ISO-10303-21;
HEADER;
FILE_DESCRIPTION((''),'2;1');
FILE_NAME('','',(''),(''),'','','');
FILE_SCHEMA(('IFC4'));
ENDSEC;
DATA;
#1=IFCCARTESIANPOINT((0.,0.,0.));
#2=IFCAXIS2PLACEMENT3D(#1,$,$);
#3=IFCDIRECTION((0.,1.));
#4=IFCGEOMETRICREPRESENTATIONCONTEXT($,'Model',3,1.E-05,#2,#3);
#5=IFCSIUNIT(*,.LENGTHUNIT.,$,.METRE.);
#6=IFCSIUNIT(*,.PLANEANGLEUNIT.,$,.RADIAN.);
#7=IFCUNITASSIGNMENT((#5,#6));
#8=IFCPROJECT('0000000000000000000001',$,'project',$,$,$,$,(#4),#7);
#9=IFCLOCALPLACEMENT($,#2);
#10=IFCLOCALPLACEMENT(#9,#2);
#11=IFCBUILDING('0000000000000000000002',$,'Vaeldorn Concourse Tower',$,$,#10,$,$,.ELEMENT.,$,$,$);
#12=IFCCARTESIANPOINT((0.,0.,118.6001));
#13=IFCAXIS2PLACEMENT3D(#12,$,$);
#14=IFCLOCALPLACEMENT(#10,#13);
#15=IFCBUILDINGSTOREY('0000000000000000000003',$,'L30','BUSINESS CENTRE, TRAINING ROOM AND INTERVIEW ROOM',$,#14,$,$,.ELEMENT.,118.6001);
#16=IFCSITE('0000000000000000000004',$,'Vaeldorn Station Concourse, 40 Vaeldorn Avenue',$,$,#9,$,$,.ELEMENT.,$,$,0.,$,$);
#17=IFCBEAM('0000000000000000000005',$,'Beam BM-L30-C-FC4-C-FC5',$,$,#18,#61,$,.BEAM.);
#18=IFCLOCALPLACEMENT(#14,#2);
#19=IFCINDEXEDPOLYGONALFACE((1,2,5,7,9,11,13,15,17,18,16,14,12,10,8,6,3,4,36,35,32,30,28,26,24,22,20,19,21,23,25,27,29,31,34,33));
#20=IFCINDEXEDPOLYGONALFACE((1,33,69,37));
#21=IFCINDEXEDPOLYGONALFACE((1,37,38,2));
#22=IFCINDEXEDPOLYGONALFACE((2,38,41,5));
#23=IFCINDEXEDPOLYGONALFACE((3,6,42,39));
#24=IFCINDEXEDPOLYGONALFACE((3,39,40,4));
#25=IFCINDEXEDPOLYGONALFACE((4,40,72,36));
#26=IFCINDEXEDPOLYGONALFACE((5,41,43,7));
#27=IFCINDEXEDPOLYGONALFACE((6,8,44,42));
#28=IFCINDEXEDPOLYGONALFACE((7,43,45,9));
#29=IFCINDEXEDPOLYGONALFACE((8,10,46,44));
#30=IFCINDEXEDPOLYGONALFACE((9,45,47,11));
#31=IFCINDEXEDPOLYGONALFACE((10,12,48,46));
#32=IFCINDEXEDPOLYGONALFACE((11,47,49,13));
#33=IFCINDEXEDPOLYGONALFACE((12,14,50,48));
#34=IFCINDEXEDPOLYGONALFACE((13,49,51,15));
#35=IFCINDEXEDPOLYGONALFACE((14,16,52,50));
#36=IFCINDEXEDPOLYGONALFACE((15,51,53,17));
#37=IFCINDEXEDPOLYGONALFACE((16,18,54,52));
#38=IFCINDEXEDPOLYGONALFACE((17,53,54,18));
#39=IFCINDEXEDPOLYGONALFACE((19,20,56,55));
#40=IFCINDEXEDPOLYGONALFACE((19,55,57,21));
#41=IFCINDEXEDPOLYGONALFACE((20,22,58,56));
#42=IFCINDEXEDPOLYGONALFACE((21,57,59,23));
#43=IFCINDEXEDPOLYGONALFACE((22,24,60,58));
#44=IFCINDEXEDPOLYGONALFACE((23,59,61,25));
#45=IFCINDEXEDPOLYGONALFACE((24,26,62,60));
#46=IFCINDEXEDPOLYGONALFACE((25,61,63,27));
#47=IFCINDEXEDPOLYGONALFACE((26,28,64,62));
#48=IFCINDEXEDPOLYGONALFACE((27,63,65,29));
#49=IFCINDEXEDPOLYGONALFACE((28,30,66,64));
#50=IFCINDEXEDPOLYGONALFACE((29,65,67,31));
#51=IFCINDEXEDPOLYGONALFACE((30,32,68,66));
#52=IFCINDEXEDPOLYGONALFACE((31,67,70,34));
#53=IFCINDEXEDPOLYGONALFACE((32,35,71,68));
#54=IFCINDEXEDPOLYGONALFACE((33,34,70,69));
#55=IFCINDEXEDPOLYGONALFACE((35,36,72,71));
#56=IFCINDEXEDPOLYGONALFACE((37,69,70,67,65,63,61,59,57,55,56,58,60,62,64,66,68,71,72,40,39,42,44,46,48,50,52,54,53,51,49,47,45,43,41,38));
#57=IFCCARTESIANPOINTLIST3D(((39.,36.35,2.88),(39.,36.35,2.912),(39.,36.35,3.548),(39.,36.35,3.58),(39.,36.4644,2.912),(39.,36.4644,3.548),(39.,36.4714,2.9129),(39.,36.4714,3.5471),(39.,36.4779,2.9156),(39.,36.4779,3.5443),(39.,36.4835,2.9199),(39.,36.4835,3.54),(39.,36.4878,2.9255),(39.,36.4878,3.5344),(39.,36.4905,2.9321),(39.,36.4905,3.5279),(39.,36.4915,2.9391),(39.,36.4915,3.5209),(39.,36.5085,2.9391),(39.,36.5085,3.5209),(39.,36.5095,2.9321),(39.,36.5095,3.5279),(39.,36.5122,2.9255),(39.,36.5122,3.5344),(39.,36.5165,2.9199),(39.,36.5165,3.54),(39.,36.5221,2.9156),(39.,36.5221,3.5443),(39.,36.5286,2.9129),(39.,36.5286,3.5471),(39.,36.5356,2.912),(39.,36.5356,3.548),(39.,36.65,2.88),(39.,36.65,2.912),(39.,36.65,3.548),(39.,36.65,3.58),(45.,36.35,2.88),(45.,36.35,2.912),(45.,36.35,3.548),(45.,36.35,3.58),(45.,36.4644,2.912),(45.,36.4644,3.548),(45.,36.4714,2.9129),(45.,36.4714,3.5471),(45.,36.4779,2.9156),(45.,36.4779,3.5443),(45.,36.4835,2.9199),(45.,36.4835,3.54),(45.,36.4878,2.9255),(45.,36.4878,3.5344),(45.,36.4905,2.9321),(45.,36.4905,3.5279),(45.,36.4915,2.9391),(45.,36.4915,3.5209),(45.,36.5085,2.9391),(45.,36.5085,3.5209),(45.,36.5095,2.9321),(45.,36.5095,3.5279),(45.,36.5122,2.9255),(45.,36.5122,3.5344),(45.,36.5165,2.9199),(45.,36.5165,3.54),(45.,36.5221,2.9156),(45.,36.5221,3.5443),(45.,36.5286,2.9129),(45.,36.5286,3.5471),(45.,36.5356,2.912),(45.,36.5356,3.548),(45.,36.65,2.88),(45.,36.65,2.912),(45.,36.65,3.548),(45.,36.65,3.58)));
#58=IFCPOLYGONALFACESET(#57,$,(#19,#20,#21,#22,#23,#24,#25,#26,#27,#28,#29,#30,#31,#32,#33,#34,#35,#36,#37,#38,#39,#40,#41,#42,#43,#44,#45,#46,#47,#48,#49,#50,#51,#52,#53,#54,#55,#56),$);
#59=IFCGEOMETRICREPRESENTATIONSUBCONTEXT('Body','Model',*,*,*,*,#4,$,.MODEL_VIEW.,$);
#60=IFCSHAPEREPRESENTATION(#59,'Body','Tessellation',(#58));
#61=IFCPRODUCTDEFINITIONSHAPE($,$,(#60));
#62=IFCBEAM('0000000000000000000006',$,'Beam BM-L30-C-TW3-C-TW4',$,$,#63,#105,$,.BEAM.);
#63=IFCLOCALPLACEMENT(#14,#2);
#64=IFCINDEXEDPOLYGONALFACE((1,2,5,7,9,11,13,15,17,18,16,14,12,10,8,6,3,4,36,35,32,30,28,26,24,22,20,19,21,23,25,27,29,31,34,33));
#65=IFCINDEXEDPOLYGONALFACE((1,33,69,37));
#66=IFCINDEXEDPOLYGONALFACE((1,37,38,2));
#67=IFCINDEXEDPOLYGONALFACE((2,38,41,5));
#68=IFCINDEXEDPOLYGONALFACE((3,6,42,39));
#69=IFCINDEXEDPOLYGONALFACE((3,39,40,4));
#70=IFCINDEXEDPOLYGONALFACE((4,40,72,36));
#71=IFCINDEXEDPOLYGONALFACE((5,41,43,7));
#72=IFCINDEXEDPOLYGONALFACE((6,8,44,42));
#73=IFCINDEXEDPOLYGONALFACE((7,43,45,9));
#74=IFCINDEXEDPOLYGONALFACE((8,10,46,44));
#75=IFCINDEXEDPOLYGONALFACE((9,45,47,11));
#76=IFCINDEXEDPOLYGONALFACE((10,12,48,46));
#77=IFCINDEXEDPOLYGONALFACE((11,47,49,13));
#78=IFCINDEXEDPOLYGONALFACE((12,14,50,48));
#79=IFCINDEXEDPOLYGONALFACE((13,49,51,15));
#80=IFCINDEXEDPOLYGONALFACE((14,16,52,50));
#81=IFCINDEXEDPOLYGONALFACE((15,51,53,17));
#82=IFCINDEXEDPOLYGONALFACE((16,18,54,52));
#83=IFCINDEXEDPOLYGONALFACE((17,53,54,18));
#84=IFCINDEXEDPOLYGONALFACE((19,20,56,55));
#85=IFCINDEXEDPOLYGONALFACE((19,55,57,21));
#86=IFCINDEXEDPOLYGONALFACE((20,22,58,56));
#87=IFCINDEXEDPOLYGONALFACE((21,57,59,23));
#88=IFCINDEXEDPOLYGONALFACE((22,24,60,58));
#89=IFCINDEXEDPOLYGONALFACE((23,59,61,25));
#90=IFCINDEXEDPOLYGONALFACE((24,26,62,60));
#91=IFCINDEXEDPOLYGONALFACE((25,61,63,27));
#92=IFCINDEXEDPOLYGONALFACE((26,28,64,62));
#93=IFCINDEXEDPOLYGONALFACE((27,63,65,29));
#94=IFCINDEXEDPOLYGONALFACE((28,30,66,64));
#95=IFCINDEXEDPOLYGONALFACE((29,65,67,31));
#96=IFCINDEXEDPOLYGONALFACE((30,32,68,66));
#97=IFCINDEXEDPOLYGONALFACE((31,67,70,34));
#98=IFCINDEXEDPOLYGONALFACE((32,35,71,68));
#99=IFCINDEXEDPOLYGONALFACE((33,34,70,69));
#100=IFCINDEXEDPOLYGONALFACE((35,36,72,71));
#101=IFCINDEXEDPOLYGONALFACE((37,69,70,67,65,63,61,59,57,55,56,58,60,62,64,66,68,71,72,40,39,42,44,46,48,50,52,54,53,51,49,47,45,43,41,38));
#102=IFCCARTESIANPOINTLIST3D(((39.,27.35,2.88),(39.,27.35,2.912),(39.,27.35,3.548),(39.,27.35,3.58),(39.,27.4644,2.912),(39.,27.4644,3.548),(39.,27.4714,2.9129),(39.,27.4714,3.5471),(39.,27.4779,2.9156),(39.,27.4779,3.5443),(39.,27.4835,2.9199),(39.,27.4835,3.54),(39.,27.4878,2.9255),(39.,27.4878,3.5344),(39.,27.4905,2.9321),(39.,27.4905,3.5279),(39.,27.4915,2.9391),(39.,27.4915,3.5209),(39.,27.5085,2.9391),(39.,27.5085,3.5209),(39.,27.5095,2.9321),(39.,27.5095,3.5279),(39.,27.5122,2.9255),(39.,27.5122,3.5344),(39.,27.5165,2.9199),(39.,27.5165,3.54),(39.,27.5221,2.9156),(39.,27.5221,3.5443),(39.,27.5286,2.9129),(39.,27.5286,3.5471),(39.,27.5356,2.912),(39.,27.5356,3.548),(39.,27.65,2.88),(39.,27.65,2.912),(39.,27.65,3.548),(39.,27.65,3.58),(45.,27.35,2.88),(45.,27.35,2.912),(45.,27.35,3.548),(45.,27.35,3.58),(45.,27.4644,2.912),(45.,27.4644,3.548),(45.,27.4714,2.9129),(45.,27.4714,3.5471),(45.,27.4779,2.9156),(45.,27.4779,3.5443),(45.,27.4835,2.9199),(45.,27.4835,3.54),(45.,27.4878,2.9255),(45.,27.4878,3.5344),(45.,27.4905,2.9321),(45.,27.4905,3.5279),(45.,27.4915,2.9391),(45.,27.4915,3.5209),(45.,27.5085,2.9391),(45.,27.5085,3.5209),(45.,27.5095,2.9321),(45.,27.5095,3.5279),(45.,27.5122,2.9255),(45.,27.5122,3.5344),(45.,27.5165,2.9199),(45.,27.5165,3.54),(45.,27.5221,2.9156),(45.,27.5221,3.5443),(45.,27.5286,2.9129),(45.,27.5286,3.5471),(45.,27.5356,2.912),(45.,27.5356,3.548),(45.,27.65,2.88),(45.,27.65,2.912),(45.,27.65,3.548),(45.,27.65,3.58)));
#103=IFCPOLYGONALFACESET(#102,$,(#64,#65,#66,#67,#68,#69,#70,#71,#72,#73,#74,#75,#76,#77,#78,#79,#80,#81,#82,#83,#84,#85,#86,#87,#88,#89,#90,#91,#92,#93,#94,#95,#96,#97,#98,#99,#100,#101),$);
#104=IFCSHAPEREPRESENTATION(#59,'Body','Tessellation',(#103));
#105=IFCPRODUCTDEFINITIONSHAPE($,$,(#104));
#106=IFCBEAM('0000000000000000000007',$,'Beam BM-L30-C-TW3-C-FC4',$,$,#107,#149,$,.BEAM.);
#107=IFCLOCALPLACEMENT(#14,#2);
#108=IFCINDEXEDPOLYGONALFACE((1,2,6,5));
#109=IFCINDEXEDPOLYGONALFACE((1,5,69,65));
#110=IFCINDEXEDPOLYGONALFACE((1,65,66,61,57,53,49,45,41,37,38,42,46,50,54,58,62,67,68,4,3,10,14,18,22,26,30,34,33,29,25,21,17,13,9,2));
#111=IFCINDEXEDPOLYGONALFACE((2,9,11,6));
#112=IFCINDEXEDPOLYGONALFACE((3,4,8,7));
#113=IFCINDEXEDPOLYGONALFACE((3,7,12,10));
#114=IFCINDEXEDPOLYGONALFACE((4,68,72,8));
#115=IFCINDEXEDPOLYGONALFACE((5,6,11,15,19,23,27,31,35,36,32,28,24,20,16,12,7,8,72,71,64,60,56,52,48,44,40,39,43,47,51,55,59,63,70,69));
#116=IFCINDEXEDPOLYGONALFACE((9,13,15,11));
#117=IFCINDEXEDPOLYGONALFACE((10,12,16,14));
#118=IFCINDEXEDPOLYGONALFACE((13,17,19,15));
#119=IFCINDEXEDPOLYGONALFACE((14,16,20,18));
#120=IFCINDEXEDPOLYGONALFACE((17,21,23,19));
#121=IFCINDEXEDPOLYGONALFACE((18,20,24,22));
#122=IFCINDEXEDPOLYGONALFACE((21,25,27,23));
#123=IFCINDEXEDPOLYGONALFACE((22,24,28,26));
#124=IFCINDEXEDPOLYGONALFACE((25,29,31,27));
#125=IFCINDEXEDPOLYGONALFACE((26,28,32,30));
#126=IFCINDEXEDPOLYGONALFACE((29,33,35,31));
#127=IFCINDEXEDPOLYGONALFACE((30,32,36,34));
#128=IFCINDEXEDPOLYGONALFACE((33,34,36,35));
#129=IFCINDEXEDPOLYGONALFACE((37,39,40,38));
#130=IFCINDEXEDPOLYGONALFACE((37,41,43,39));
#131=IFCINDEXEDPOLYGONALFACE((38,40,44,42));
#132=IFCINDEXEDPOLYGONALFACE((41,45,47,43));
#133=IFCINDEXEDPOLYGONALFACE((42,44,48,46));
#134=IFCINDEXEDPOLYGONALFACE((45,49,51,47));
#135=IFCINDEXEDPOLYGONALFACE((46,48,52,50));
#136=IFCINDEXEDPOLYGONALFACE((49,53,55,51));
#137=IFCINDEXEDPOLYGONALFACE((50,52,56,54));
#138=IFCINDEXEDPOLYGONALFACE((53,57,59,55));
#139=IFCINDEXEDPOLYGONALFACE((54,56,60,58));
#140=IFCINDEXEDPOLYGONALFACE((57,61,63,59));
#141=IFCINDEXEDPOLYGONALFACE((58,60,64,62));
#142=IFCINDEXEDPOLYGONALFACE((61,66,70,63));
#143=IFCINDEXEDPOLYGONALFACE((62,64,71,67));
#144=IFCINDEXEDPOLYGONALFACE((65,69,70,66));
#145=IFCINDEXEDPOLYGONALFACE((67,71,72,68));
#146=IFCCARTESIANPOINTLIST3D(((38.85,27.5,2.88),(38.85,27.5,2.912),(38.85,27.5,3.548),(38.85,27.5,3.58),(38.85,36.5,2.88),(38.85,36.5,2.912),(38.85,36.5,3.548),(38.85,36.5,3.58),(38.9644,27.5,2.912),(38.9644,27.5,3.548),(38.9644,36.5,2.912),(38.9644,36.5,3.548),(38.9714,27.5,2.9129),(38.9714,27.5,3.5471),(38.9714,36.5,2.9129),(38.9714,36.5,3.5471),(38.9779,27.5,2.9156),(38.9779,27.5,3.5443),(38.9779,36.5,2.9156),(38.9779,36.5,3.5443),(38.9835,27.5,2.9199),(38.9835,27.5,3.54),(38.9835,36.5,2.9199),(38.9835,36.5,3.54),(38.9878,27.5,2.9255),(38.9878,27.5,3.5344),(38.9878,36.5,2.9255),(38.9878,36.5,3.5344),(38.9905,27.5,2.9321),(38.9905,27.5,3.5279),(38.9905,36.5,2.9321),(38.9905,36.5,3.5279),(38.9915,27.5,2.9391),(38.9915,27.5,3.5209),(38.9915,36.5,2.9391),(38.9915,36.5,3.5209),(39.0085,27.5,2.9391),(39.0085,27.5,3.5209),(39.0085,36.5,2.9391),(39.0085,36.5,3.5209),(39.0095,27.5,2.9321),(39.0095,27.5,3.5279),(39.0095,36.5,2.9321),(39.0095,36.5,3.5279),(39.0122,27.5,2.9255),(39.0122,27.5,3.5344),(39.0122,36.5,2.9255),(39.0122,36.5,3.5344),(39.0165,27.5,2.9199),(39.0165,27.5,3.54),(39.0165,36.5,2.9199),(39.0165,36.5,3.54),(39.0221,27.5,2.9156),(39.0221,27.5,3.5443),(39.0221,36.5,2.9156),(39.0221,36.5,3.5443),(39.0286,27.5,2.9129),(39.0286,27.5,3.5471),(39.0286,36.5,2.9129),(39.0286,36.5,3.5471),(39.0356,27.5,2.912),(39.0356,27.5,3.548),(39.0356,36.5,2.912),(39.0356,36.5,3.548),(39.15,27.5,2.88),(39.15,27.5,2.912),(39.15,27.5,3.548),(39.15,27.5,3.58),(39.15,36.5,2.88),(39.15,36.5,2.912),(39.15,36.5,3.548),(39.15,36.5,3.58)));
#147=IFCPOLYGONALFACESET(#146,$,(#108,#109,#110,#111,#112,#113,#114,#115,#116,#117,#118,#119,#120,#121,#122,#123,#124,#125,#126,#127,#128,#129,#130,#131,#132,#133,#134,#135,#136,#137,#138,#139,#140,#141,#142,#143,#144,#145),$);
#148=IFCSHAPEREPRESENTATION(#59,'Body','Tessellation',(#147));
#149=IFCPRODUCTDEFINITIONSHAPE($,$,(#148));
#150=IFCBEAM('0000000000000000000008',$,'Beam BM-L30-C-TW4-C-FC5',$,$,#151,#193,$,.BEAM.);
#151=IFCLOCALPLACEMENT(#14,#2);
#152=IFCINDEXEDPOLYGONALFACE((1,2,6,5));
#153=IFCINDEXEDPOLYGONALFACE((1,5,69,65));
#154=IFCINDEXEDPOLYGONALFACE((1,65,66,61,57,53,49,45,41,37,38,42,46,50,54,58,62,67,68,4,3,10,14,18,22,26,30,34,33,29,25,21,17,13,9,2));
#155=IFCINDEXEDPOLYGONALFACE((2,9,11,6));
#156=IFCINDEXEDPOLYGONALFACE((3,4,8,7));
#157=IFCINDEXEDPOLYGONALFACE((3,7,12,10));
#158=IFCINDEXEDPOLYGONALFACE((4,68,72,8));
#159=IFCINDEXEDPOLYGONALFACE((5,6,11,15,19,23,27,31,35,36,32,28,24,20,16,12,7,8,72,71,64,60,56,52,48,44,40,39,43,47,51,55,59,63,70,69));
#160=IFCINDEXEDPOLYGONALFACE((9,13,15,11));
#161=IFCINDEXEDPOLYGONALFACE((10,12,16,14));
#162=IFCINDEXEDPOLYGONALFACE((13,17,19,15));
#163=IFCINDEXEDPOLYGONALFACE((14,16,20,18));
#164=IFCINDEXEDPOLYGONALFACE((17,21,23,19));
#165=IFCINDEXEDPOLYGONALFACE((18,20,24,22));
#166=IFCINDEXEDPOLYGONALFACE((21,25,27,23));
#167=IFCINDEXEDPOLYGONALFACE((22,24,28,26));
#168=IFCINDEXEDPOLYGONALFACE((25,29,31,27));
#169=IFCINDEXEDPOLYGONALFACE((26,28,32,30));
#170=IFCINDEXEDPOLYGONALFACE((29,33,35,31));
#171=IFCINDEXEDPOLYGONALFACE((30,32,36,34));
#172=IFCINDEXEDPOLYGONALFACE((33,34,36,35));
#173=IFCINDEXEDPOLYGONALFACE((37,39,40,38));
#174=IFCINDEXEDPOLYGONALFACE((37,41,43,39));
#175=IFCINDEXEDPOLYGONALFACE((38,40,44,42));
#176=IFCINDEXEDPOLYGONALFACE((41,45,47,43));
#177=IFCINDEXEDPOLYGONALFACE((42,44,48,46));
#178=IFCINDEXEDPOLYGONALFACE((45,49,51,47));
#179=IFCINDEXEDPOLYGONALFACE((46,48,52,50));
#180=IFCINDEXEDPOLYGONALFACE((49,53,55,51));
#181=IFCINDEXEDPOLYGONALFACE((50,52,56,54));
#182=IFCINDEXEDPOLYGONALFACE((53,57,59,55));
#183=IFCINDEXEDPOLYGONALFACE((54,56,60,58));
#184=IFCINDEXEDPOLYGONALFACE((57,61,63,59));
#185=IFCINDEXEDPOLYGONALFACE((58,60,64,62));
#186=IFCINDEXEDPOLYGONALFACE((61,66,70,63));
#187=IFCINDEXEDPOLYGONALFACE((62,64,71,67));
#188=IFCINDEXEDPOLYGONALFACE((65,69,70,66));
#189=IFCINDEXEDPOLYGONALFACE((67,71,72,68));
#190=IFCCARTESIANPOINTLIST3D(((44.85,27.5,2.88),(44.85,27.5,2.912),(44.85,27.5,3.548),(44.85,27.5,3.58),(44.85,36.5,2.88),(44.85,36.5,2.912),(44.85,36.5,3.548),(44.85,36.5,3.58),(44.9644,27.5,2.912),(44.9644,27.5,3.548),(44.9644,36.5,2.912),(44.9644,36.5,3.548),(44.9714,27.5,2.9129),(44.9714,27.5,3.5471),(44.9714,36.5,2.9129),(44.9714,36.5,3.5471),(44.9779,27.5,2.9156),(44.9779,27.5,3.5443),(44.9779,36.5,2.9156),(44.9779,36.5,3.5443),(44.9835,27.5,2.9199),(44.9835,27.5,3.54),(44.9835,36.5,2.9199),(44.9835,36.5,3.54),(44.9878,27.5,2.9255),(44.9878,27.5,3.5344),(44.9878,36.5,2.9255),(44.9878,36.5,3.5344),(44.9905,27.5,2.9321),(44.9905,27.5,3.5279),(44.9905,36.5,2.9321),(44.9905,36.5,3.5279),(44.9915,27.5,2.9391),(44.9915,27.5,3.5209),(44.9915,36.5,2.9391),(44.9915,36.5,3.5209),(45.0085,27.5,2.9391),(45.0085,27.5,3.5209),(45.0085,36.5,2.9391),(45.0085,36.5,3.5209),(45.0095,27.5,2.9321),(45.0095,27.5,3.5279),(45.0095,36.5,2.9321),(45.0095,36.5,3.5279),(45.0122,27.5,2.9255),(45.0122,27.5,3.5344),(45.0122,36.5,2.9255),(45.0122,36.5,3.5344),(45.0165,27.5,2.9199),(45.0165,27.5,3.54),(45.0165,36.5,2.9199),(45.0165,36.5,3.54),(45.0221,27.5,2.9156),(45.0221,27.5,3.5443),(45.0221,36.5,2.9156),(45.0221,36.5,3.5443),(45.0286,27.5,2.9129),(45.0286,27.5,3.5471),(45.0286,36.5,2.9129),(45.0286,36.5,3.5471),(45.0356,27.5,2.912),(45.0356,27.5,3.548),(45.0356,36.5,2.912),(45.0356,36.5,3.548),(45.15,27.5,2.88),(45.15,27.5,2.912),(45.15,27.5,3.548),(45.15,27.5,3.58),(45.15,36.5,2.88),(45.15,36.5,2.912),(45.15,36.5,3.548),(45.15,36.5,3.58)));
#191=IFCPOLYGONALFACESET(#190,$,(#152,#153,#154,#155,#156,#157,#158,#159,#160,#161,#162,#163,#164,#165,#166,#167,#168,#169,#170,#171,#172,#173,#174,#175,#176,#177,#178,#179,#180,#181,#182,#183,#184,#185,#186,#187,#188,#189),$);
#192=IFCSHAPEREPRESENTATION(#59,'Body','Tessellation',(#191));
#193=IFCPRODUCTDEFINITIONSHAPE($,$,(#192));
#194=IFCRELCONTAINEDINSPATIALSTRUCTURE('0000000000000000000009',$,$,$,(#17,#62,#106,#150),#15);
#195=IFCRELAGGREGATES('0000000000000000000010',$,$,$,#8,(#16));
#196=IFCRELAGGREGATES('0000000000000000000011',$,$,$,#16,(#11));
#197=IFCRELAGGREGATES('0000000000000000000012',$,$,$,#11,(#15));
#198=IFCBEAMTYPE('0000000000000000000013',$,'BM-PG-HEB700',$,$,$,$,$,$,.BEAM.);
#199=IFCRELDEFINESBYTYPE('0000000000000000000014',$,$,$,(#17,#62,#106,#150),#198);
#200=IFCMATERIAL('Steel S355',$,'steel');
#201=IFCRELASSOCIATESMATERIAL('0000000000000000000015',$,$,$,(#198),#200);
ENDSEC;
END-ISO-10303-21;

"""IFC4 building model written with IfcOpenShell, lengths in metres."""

from ifc_helpers import new_model, si_unit, direction, frame, origin, origin_2d, place, context, subcontext, project, spatial, i_section, extrude, source, transform, mapped, material, material_profile, profile_set, type_object, element, save


model = new_model("IFC4")

# Units and contexts
model_context = context("Model", 3, precision=1e-05, world=origin(), true_north=direction((0.0, 1.0)))
body_context = subcontext(model_context, "Body", "Model", "MODEL_VIEW")
ifc_project = project(units=[si_unit("LENGTHUNIT", "METRE"), si_unit("PLANEANGLEUNIT", "RADIAN")], contexts=[model_context])

# Site, building, storey
site_placement = place(None, origin())
site = spatial("IfcSite", under=ifc_project, at=site_placement, Name="Vaeldorn Station Concourse, 40 Vaeldorn Avenue", CompositionType="ELEMENT", RefElevation=0.0)
building_placement = place(site_placement, origin())
building = spatial("IfcBuilding", under=site, at=building_placement, Name="Vaeldorn Concourse Tower", CompositionType="ELEMENT")
storey_placement = place(building_placement, frame((0.0, 0.0, 118.6001)))
storey = spatial("IfcBuildingStorey", under=building, at=storey_placement, Name="L30", Description="BUSINESS CENTRE, TRAINING ROOM AND INTERVIEW ROOM", CompositionType="ELEMENT", Elevation=118.6001)

# Beams
ifc_material_1 = material(Name="Steel S355", Category="steel")
ifc_material_profile_1 = material_profile(ifc_material_1, i_section(OverallWidth=0.3, OverallDepth=0.7, WebThickness=0.0171, FlangeThickness=0.032, FilletRadius=0.0271, at=origin_2d()), Name="HEB 700")
ifc_profile_set_1 = profile_set([ifc_material_profile_1], Name="Steel S355")
beam_type_1 = type_object("IfcBeamType", Name="BM-PG-HEB700", PredefinedType="BEAM", material=ifc_profile_set_1)
shared_shape_1 = source(origin(), body_context, "Body", "SweptSolid", [
    extrude(i_section(OverallWidth=0.3, OverallDepth=0.7, WebThickness=0.0171, FlangeThickness=0.032, FilletRadius=0.0271, at=origin_2d()), origin(), (0.0, 0.0, 1.0), 6.0),
])
for number, where, z_axis, x_axis, name in (
    (1, (39.0, 36.5, 3.23), (1.0, 0.0, 0.0), (0.0, 1.0, 0.0), "Beam BM-L30-C-FC4-C-FC5"),
    (2, (39.0, 27.5, 3.23), (1.0, 0.0, 0.0), (0.0, 1.0, 0.0), "Beam BM-L30-C-TW3-C-TW4"),
):
    element("IfcBeam", number, at=place(storey_placement, frame(where, z_axis=z_axis, x_axis=x_axis)), inside=storey, type_object=beam_type_1, Name=name, PredefinedType="BEAM", context=body_context, shape_type="MappedRepresentation", body=[
        mapped(shared_shape_1, transform((0.0, 0.0, 0.0), scale=1.0)),
    ])
shared_shape_2 = source(origin(), body_context, "Body", "SweptSolid", [
    extrude(i_section(OverallWidth=0.3, OverallDepth=0.7, WebThickness=0.0171, FlangeThickness=0.032, FilletRadius=0.0271, at=origin_2d()), origin(), (0.0, 0.0, 1.0), 9.0),
])
for number, where, z_axis, x_axis, name in (
    (3, (39.0, 27.5, 3.23), (0.0, 1.0, 0.0), (-1.0, 0.0, 0.0), "Beam BM-L30-C-TW3-C-FC4"),
    (4, (45.0, 27.5, 3.23), (0.0, 1.0, 0.0), (-1.0, 0.0, 0.0), "Beam BM-L30-C-TW4-C-FC5"),
):
    element("IfcBeam", number, at=place(storey_placement, frame(where, z_axis=z_axis, x_axis=x_axis)), inside=storey, type_object=beam_type_1, Name=name, PredefinedType="BEAM", context=body_context, shape_type="MappedRepresentation", body=[
        mapped(shared_shape_2, transform((0.0, 0.0, 0.0), scale=1.0)),
    ])

save(model, "model.ifc")
